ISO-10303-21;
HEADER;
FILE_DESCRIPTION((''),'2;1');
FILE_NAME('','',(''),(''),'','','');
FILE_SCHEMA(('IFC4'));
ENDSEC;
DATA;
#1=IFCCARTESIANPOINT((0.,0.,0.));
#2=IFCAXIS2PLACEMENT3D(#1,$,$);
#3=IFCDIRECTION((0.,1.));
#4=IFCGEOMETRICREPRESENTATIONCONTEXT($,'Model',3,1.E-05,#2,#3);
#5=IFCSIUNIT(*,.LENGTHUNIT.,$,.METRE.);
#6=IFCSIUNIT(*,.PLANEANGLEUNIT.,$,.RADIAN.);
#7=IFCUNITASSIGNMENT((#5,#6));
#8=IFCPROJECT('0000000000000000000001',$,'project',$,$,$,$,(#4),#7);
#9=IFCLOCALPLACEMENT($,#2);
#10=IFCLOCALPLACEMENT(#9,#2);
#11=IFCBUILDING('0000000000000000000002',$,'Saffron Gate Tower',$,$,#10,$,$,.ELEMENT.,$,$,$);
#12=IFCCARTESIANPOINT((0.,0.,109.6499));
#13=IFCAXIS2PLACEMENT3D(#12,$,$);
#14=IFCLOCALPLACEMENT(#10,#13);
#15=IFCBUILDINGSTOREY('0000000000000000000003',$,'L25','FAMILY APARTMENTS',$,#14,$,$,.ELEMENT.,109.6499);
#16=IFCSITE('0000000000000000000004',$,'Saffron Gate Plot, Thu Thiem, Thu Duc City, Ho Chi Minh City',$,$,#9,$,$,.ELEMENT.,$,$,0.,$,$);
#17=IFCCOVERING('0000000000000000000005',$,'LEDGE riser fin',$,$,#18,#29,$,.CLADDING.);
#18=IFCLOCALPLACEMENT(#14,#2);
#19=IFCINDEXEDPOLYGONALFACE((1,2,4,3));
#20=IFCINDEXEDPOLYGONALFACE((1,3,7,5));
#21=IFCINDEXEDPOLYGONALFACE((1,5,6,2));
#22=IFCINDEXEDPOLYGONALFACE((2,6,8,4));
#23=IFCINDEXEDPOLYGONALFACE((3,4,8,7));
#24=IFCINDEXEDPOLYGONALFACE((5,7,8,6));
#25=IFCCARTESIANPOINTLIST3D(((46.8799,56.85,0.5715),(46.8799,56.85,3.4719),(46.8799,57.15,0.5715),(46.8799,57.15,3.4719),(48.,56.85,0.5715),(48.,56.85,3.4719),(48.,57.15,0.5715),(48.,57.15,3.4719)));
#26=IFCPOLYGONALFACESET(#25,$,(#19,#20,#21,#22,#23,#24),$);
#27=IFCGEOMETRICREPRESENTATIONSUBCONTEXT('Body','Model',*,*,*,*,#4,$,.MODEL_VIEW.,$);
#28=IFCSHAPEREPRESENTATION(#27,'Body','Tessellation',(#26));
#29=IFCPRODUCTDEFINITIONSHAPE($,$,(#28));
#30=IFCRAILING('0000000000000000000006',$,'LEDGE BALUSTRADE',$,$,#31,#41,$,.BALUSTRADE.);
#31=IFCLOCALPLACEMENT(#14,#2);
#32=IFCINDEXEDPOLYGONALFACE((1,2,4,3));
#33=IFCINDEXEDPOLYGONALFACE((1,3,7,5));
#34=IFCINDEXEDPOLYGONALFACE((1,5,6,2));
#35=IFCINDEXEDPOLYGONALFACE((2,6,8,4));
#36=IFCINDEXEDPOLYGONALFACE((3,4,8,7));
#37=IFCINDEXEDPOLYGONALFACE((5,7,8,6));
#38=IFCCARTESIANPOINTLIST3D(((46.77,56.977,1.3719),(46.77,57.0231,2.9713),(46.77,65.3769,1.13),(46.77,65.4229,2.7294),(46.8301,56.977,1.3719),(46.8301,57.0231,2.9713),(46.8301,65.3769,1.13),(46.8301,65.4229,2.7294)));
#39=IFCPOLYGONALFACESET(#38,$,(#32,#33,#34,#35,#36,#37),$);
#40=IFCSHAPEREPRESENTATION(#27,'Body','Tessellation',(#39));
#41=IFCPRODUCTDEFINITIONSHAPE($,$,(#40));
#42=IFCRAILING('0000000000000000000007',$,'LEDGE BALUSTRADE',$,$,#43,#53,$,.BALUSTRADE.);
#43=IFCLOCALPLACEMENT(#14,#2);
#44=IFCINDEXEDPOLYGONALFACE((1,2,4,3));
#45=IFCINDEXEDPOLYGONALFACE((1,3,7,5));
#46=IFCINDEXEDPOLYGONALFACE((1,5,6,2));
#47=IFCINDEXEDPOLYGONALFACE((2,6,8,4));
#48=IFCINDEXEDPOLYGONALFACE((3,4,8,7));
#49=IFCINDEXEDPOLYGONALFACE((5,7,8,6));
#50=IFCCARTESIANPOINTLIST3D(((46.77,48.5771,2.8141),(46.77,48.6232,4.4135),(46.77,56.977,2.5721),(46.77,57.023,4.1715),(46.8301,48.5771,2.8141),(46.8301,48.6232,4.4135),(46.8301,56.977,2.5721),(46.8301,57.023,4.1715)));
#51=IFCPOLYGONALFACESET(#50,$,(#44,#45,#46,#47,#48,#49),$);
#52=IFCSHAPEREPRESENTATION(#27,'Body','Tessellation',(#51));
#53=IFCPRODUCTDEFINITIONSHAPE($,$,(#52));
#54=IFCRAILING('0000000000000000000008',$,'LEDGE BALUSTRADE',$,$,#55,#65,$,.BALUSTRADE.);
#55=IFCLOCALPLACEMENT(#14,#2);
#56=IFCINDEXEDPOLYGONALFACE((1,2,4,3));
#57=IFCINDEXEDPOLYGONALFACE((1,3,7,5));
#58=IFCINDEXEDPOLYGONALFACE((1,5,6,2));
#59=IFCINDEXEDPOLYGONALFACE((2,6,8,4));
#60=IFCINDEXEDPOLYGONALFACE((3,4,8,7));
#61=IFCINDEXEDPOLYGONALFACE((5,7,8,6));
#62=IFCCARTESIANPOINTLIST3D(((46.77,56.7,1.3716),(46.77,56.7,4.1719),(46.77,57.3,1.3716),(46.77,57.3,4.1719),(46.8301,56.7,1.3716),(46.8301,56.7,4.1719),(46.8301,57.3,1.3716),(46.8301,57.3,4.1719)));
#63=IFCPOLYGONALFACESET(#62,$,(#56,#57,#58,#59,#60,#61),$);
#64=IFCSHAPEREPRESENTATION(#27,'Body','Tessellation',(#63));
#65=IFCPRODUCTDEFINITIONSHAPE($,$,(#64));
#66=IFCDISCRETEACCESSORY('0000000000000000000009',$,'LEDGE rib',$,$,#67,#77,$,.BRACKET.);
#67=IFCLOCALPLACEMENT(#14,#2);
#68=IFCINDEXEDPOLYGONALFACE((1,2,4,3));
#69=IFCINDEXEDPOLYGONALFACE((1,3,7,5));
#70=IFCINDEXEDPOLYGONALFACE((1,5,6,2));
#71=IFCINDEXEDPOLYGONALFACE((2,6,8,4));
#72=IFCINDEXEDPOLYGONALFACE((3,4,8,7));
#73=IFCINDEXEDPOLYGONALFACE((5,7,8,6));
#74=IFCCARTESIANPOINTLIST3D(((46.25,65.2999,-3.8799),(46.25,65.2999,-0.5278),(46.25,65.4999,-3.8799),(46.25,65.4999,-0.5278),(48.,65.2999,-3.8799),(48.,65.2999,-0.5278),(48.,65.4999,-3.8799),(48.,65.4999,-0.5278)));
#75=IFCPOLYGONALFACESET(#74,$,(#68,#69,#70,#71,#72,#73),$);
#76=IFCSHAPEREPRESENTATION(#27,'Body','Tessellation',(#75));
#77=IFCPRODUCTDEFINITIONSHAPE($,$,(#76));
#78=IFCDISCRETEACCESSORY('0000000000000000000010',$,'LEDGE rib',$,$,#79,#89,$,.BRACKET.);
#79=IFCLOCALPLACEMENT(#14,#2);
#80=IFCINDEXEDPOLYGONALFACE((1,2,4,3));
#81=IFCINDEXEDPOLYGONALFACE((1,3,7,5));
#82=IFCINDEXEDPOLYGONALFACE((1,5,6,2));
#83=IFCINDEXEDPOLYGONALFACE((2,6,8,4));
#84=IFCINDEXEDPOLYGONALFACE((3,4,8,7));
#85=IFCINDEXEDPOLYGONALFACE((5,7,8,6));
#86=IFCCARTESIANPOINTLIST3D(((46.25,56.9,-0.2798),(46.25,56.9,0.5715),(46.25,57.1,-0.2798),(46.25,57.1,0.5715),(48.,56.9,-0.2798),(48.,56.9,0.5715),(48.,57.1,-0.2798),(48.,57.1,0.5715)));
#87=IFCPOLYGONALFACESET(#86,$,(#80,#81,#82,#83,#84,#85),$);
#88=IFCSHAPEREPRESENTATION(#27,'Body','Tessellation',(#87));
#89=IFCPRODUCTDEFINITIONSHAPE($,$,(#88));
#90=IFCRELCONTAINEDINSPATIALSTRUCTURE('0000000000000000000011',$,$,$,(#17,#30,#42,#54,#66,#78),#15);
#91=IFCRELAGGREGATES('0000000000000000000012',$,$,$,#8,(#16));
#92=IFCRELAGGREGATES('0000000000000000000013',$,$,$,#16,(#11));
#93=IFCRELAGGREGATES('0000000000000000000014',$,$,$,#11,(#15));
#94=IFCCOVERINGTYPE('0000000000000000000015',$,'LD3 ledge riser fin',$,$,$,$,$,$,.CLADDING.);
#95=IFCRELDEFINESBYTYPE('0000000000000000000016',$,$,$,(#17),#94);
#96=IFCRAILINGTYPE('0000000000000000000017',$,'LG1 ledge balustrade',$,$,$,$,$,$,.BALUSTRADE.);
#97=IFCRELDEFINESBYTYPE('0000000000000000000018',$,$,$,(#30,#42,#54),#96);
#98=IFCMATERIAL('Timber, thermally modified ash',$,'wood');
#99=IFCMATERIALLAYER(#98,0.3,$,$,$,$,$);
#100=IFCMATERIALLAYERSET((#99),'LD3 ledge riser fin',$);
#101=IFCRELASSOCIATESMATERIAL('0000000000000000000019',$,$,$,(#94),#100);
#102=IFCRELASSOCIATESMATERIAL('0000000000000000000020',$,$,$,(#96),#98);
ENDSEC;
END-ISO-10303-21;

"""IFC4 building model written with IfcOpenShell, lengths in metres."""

from ifc_helpers import new_model, si_unit, direction, frame, origin, origin_2d, place, context, subcontext, project, spatial, rectangle, extrude, material, layer, layer_set, type_object, element, save


model = new_model("IFC4")

# Units and contexts
model_context = context("Model", 3, precision=1e-05, world=origin(), true_north=direction((0.0, 1.0)))
body_context = subcontext(model_context, "Body", "Model", "MODEL_VIEW")
ifc_project = project(units=[si_unit("LENGTHUNIT", "METRE"), si_unit("PLANEANGLEUNIT", "RADIAN")], contexts=[model_context])

# Site, building, storey
site_placement = place(None, origin())
site = spatial("IfcSite", under=ifc_project, at=site_placement, Name="Saffron Gate Plot, Thu Thiem, Thu Duc City, Ho Chi Minh City", CompositionType="ELEMENT", RefElevation=0.0)
building_placement = place(site_placement, origin())
building = spatial("IfcBuilding", under=site, at=building_placement, Name="Saffron Gate Tower", CompositionType="ELEMENT")
storey_placement = place(building_placement, frame((0.0, 0.0, 109.6499)))
storey = spatial("IfcBuildingStorey", under=building, at=storey_placement, Name="L25", Description="FAMILY APARTMENTS", CompositionType="ELEMENT", Elevation=109.6499)

# Covering
ifc_material_1 = material(Name="Timber, thermally modified ash", Category="wood")
ifc_layer_1 = layer(ifc_material_1, 0.3)
ifc_layer_set_1 = layer_set([ifc_layer_1], Name="LD3 ledge riser fin")
covering_type_1 = type_object("IfcCoveringType", Name="LD3 ledge riser fin", PredefinedType="CLADDING", material=ifc_layer_set_1)
covering_1_placement = place(storey_placement, frame((47.4399, 57.0, 0.5715), z_axis=(0.0, 0.0, 1.0), x_axis=(0.0, -1.0, 0.0)))
element("IfcCovering", 1, at=covering_1_placement, inside=storey, type_object=covering_type_1, Name="LEDGE riser fin", PredefinedType="CLADDING", context=body_context, shape_type="SweptSolid", body=[
    extrude(rectangle(XDim=0.3, YDim=1.1201, at=origin_2d()), origin(), (0.0, 0.0, 1.0), 2.9004),
])

# Railings
railing_type = type_object("IfcRailingType", Name="LG1 ledge balustrade", PredefinedType="BALUSTRADE", material=ifc_material_1)
for number, where, name in (
    (2, (46.8, 65.3999, 1.1296), "LEDGE BALUSTRADE"),
    (3, (46.8, 57.0, 2.5718), "LEDGE BALUSTRADE"),
):
    element("IfcRailing", number, at=place(storey_placement, frame(where)), inside=storey, type_object=railing_type, Name=name, PredefinedType="BALUSTRADE", context=body_context, shape_type="SweptSolid", body=[
        extrude(rectangle(XDim=0.0601, YDim=1.6001, at=origin_2d()), frame((0.0, 0.0, 0.8), z_axis=(0.0, -0.999585, 0.028791), x_axis=(1.0, 0.0, 0.0)), (0.0, 0.0, 1.0), 8.4033),
    ])
railing_placement = place(storey_placement, frame((46.8, 57.3, 1.3716)))
element("IfcRailing", 4, at=railing_placement, inside=storey, type_object=railing_type, Name="LEDGE BALUSTRADE", PredefinedType="BALUSTRADE", context=body_context, shape_type="SweptSolid", body=[
    extrude(rectangle(XDim=0.0601, YDim=2.8003, at=origin_2d()), frame((0.0, 0.0, 1.4001), z_axis=(0.0, -1.0, 0.0), x_axis=(1.0, 0.0, 0.0)), (0.0, 0.0, 1.0), 0.6001),
])

# Discrete accessories
discrete_accessory_1_placement = place(storey_placement, frame((47.125, 65.3999, -3.8799), z_axis=(0.0, 0.0, 1.0), x_axis=(0.0, -1.0, 0.0)))
element("IfcDiscreteAccessory", 5, at=discrete_accessory_1_placement, inside=storey, Name="LEDGE rib", PredefinedType="BRACKET", context=body_context, shape_type="SweptSolid", body=[
    extrude(rectangle(XDim=0.2, YDim=1.75, at=origin_2d()), origin(), (0.0, 0.0, 1.0), 3.3521),
])
discrete_accessory_2_placement = place(storey_placement, frame((47.125, 57.0, -0.2798), z_axis=(0.0, 0.0, 1.0), x_axis=(0.0, -1.0, 0.0)))
element("IfcDiscreteAccessory", 6, at=discrete_accessory_2_placement, inside=storey, Name="LEDGE rib", PredefinedType="BRACKET", context=body_context, shape_type="SweptSolid", body=[
    extrude(rectangle(XDim=0.2, YDim=1.75, at=origin_2d()), origin(), (0.0, 0.0, 1.0), 0.8513),
])

save(model, "model.ifc")
